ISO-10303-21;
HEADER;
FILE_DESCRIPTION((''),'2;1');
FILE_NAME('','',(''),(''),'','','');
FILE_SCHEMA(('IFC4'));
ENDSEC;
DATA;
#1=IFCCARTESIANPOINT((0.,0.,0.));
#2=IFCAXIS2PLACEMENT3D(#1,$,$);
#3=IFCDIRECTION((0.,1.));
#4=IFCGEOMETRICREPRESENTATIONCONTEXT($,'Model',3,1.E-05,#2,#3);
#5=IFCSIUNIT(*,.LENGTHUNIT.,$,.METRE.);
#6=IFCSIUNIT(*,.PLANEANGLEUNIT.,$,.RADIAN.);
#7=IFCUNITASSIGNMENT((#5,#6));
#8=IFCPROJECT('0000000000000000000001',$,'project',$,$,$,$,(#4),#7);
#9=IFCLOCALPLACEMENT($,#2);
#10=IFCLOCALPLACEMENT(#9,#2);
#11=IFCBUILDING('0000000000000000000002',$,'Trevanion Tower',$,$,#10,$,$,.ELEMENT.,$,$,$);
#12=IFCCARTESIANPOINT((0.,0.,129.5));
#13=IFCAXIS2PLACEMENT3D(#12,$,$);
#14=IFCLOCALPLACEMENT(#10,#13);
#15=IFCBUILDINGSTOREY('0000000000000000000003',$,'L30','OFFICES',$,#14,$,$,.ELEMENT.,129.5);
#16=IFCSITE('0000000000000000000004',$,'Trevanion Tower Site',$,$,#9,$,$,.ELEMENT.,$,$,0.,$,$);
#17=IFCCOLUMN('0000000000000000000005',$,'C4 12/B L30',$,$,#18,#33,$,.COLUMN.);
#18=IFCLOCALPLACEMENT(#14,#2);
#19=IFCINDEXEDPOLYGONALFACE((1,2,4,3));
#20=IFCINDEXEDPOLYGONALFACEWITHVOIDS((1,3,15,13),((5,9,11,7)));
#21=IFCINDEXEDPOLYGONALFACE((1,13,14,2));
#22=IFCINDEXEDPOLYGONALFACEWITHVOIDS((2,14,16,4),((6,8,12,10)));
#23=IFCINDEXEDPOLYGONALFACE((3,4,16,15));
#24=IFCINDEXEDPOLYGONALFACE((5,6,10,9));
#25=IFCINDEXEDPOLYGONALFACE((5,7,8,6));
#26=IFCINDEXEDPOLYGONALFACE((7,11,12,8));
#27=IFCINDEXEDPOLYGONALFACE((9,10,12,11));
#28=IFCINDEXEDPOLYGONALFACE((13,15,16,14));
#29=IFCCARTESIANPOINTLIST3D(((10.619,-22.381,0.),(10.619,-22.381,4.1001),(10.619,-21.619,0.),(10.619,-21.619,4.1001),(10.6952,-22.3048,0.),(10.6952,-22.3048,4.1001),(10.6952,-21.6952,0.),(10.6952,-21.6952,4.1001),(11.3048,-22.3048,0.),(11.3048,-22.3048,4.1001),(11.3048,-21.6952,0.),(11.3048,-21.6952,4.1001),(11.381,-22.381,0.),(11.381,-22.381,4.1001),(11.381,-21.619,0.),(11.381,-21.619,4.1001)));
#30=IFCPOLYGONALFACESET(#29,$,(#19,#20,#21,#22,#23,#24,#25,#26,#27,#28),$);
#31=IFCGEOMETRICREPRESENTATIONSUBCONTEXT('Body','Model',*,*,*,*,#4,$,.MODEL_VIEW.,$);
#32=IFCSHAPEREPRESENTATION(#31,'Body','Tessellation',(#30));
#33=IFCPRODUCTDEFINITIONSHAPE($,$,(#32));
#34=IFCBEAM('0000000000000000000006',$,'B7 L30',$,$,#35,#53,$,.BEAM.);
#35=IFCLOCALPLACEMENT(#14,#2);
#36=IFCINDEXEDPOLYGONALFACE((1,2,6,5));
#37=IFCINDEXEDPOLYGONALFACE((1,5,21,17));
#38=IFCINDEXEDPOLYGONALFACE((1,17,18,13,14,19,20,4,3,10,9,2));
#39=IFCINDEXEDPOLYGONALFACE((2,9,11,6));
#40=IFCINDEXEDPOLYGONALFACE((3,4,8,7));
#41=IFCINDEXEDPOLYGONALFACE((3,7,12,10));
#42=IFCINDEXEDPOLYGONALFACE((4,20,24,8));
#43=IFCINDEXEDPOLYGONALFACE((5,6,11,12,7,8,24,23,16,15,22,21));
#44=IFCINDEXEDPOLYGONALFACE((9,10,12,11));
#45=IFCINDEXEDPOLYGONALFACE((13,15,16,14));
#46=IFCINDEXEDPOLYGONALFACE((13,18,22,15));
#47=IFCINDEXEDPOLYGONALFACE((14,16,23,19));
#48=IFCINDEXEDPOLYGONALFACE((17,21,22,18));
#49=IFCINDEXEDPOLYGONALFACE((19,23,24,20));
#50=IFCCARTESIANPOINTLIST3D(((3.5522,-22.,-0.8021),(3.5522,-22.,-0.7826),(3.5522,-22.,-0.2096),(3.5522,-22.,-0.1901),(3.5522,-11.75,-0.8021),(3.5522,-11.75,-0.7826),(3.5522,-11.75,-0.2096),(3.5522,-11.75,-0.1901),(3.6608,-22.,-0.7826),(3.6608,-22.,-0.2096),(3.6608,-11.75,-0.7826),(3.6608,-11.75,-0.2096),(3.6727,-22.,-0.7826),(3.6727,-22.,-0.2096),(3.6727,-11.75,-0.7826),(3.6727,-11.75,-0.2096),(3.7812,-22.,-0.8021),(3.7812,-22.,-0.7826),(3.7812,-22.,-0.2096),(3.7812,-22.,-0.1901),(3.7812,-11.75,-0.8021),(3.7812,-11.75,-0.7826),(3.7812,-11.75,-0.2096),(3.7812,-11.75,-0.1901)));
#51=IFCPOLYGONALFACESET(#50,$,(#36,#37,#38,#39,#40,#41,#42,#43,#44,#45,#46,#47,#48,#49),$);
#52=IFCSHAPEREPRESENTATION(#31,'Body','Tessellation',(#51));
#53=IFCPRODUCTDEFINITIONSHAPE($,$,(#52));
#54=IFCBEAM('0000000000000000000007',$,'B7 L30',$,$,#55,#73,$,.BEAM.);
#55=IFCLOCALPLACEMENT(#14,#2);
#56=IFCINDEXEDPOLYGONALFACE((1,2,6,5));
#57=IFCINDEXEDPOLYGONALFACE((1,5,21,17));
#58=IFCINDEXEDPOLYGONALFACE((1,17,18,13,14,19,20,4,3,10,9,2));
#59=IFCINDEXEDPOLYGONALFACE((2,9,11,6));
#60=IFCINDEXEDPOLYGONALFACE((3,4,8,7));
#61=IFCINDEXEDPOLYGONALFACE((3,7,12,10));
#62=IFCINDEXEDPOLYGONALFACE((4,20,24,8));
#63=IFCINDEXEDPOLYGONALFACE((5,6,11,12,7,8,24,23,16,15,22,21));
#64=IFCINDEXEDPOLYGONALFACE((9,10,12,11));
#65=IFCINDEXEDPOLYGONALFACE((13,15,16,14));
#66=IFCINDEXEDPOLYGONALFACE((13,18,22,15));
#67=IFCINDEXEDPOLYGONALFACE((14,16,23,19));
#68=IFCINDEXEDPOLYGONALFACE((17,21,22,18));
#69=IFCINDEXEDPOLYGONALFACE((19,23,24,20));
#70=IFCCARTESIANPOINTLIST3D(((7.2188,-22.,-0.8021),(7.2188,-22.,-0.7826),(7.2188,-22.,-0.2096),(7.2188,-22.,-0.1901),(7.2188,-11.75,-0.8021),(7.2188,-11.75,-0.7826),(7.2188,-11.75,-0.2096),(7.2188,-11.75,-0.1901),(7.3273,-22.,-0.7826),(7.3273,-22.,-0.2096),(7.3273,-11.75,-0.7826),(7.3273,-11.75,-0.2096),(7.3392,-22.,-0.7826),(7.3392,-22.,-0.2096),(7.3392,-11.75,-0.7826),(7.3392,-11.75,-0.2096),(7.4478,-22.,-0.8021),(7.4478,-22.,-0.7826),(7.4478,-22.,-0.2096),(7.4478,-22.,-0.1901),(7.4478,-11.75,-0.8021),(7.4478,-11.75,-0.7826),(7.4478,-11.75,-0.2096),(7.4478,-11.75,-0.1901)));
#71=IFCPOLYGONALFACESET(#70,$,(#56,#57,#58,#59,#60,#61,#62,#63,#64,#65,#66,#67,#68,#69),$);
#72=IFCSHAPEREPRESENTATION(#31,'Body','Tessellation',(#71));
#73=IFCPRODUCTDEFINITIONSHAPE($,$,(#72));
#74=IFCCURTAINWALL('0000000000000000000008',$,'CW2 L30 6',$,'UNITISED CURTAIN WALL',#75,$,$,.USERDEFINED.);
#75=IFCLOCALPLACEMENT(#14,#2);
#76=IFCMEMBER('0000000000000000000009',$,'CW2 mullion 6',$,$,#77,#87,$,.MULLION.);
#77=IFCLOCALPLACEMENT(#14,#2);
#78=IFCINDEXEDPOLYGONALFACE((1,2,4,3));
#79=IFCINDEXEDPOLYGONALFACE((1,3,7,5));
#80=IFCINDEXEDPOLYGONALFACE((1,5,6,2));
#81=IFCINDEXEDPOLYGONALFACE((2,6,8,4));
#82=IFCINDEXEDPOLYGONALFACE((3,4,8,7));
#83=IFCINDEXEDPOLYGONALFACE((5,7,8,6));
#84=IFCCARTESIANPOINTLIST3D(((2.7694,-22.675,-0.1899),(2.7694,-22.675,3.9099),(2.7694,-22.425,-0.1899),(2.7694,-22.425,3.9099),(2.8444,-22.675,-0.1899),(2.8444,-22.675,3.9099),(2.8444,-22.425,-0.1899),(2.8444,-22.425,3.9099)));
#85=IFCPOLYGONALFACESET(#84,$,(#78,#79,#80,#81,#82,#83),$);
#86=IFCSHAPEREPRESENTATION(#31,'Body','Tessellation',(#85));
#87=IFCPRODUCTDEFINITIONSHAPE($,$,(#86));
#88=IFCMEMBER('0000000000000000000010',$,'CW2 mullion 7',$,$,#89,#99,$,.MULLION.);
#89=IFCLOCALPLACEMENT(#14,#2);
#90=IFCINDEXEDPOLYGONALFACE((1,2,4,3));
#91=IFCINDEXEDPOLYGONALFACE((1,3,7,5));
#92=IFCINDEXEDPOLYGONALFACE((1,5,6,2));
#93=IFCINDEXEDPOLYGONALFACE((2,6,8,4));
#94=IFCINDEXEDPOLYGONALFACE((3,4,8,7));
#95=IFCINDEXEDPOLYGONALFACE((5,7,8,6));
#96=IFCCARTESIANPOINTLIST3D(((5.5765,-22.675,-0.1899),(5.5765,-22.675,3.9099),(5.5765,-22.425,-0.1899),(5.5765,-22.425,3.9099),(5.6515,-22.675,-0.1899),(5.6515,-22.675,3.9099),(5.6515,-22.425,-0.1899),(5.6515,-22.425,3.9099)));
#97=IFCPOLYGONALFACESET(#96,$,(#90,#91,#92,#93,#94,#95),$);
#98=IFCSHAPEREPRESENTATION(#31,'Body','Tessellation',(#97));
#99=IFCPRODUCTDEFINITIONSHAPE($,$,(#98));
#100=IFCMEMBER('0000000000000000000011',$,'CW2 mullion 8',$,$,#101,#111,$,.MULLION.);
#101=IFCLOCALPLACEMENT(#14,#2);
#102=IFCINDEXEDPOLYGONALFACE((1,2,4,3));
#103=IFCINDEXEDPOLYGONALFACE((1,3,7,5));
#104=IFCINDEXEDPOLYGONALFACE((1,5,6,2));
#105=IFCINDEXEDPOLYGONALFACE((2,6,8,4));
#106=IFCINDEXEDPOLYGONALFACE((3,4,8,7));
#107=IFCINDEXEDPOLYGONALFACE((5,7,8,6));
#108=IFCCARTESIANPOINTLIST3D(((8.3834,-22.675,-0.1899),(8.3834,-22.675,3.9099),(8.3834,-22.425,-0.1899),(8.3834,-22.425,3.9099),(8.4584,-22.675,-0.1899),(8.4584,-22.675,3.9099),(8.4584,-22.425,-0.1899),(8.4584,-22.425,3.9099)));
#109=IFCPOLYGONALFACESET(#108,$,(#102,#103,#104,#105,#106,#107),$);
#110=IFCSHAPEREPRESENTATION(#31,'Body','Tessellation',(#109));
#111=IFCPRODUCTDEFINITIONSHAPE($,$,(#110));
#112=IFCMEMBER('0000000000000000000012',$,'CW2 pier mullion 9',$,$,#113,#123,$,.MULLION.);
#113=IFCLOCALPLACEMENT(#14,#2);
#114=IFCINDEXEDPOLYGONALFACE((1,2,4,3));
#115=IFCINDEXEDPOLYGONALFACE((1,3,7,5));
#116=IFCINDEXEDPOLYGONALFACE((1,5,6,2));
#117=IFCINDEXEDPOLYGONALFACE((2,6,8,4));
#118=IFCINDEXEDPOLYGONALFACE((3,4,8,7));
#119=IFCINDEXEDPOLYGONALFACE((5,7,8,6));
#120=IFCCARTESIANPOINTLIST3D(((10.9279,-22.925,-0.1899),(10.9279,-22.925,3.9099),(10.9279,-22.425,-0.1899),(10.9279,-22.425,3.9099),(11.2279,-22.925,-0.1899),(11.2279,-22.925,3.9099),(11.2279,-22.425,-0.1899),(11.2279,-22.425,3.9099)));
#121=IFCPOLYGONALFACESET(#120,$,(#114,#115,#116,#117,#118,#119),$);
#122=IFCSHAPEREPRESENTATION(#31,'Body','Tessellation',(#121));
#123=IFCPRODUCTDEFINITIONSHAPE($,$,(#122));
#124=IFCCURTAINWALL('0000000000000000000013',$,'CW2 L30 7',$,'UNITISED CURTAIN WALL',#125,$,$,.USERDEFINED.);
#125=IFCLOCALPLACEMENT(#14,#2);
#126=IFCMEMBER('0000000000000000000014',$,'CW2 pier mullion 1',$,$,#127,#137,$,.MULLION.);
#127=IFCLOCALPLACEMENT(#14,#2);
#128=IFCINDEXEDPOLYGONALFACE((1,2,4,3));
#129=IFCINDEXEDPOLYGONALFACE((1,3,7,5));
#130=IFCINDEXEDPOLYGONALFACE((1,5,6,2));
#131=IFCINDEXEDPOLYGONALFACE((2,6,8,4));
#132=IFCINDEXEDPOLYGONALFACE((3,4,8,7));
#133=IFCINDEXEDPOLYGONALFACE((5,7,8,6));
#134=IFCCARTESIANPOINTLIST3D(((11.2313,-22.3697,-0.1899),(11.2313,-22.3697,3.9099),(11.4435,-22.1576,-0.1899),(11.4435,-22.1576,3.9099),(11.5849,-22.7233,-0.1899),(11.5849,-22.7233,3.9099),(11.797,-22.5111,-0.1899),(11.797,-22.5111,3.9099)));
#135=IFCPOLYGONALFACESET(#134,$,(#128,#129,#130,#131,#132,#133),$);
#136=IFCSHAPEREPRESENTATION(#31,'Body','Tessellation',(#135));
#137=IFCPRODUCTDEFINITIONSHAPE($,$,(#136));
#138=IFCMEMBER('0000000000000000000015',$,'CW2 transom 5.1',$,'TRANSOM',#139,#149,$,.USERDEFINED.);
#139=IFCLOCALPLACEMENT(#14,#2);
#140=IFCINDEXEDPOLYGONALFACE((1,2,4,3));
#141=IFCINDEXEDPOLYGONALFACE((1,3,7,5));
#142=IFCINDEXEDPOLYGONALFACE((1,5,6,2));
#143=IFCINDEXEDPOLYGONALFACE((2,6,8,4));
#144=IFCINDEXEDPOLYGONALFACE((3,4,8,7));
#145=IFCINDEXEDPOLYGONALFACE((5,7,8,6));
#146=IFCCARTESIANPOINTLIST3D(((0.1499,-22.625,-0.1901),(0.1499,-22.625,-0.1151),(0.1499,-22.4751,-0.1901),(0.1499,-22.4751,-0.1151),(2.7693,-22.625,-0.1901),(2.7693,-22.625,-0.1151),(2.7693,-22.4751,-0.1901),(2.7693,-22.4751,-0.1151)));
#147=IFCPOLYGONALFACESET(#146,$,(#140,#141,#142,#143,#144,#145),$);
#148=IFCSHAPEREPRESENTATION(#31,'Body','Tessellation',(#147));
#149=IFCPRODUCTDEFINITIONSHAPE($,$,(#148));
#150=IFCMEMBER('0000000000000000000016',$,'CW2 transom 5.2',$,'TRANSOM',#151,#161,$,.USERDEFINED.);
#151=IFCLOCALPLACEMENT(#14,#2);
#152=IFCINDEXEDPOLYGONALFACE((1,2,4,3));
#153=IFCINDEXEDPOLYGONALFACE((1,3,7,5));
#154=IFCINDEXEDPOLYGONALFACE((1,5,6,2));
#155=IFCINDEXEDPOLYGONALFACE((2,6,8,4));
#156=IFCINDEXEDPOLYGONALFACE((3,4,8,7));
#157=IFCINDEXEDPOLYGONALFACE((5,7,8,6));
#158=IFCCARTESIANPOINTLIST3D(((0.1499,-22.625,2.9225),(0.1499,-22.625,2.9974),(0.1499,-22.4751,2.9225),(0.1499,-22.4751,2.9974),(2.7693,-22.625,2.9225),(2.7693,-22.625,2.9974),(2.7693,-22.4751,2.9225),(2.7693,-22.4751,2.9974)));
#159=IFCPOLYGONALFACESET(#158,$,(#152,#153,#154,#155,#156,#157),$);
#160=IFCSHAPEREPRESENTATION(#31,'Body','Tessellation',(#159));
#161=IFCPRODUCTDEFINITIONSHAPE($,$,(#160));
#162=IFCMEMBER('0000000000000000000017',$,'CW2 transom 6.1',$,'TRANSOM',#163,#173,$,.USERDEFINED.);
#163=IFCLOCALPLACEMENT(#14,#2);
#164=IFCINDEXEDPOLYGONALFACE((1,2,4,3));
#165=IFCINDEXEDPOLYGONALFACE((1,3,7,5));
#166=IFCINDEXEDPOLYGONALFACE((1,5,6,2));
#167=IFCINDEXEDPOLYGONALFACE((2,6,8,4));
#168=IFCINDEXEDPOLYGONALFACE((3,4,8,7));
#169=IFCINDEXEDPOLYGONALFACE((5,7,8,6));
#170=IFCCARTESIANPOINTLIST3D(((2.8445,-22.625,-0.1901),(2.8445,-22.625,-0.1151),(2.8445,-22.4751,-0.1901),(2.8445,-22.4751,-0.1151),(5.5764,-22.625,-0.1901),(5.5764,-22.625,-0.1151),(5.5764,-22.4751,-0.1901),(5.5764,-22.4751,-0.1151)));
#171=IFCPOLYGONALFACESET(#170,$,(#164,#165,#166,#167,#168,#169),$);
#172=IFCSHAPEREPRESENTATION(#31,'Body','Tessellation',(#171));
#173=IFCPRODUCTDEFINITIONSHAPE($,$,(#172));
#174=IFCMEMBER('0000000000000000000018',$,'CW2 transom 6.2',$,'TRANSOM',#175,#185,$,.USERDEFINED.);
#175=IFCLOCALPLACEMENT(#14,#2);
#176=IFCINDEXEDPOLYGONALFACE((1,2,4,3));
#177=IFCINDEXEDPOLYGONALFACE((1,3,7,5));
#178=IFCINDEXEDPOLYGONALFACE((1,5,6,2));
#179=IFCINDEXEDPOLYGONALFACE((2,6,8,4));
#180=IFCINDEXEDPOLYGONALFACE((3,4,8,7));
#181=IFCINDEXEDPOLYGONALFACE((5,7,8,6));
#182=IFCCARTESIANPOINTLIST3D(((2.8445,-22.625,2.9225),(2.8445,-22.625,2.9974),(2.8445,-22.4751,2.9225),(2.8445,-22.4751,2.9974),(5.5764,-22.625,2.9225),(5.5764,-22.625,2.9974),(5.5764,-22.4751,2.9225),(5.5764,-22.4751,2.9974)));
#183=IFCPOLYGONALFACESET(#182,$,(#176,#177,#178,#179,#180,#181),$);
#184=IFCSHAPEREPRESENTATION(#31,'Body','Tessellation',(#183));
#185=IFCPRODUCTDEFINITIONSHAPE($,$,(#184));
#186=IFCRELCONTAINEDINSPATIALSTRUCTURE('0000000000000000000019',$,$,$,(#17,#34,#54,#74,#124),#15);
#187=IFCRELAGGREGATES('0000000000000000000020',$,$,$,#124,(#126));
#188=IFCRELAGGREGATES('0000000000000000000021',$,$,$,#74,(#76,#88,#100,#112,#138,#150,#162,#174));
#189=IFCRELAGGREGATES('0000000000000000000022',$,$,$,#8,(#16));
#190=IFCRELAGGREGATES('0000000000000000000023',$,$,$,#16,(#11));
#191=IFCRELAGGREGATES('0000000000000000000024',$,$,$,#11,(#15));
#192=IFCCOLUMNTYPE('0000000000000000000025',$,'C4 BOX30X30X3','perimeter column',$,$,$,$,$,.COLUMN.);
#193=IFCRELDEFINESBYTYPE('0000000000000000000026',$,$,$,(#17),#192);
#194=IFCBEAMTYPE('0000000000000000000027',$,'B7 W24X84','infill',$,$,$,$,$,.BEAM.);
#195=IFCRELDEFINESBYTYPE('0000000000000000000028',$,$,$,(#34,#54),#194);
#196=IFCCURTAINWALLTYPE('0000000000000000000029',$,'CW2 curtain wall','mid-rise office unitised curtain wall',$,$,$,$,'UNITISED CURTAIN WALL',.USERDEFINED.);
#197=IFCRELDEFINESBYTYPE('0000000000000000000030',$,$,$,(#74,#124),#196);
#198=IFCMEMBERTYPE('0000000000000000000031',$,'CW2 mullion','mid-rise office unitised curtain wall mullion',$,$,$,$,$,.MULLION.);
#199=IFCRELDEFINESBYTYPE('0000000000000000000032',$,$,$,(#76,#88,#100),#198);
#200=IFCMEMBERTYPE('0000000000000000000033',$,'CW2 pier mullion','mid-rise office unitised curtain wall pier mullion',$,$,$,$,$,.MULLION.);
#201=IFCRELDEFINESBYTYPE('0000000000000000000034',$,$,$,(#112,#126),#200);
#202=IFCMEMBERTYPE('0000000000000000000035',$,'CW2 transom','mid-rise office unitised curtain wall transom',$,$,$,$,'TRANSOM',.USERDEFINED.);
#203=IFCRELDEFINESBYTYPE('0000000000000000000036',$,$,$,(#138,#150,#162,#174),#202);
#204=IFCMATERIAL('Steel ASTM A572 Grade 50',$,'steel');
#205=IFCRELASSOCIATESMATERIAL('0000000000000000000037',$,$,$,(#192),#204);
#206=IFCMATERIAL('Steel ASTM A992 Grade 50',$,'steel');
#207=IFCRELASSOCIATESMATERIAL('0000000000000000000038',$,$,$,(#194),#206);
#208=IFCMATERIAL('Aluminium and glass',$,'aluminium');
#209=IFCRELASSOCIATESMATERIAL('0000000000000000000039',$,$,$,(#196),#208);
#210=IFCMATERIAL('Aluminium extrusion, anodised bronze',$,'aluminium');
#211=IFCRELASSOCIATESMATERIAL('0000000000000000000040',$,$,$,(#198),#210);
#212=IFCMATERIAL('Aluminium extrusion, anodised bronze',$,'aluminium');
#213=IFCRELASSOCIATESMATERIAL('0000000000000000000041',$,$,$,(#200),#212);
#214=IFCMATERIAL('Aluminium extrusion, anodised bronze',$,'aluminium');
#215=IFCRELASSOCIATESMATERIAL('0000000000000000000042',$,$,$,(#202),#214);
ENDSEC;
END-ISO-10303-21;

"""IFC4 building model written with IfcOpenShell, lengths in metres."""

from ifc_helpers import new_model, si_unit, direction, frame, origin, origin_2d, place, context, subcontext, project, spatial, rectangle, hollow_rectangle, i_section, extrude, material, material_profile, profile_set, type_object, element, aggregate, save


model = new_model("IFC4")

# Units and contexts
model_context = context("Model", 3, precision=1e-05, world=origin(), true_north=direction((0.0, 1.0)))
body_context = subcontext(model_context, "Body", "Model", "MODEL_VIEW")
ifc_project = project(units=[si_unit("LENGTHUNIT", "METRE"), si_unit("PLANEANGLEUNIT", "RADIAN")], contexts=[model_context])

# Site, building, storey
site_placement = place(None, origin())
site = spatial("IfcSite", under=ifc_project, at=site_placement, Name="Trevanion Tower Site", CompositionType="ELEMENT", RefElevation=0.0)
building_placement = place(site_placement, origin())
building = spatial("IfcBuilding", under=site, at=building_placement, Name="Trevanion Tower", CompositionType="ELEMENT")
storey_placement = place(building_placement, frame((0.0, 0.0, 129.5)))
storey = spatial("IfcBuildingStorey", under=building, at=storey_placement, Name="L30", Description="OFFICES", CompositionType="ELEMENT", Elevation=129.5)

# Column
ifc_material_1 = material(Name="Steel ASTM A572 Grade 50", Category="steel")
ifc_material_profile_1 = material_profile(ifc_material_1, hollow_rectangle(XDim=0.762, YDim=0.762, WallThickness=0.0762, at=origin_2d()), Name="BOX30X30X3")
ifc_profile_set_1 = profile_set([ifc_material_profile_1], Name="Steel ASTM A572 Grade 50")
column_type = type_object("IfcColumnType", Name="C4 BOX30X30X3", Description="perimeter column", PredefinedType="COLUMN", material=ifc_profile_set_1)
column_placement = place(storey_placement, frame((11.0, -22.0, 0.0), z_axis=(0.0, 0.0, 1.0), x_axis=(1.0, 0.0, 0.0)))
element("IfcColumn", 1, at=column_placement, inside=storey, type_object=column_type, Name="C4 12/B L30", PredefinedType="COLUMN", context=body_context, shape_type="SweptSolid", body=[
    extrude(hollow_rectangle(XDim=0.762, YDim=0.762, WallThickness=0.0762, at=origin_2d()), origin(), (0.0, 0.0, 1.0), 4.1001),
])

# Beams
ifc_material_2 = material(Name="Steel ASTM A992 Grade 50", Category="steel")
ifc_material_profile_2 = material_profile(ifc_material_2, i_section(OverallWidth=0.229, OverallDepth=0.6121, WebThickness=0.012, FlangeThickness=0.0195, at=origin_2d()), Name="W24X84")
ifc_profile_set_2 = profile_set([ifc_material_profile_2], Name="Steel ASTM A992 Grade 50")
beam_type_1 = type_object("IfcBeamType", Name="B7 W24X84", Description="infill", PredefinedType="BEAM", material=ifc_profile_set_2)
for number, where, z_axis, x_axis, name in (
    (2, (3.6667, -11.75, -0.4961), (0.0, -1.0, 0.0), (1.0, 0.0, 0.0), "B7 L30"),
    (3, (7.3333, -11.75, -0.4961), (0.0, -1.0, 0.0), (1.0, 0.0, 0.0), "B7 L30"),
):
    element("IfcBeam", number, at=place(storey_placement, frame(where, z_axis=z_axis, x_axis=x_axis)), inside=storey, type_object=beam_type_1, Name=name, PredefinedType="BEAM", context=body_context, shape_type="SweptSolid", body=[
        extrude(i_section(OverallWidth=0.229, OverallDepth=0.6121, WebThickness=0.012, FlangeThickness=0.0195, at=origin_2d()), origin(), (0.0, 0.0, 1.0), 10.25),
    ])

# Curtain wall, members
ifc_material_3 = material(Name="Aluminium and glass", Category="aluminium")
curtain_wall_type = type_object("IfcCurtainWallType", Name="CW2 curtain wall", Description="mid-rise office unitised curtain wall", ElementType="UNITISED CURTAIN WALL", PredefinedType="USERDEFINED", material=ifc_material_3)
curtain_wall_1_placement = place(storey_placement, origin())
curtain_wall_1 = element("IfcCurtainWall", 4, at=curtain_wall_1_placement, inside=storey, type_object=curtain_wall_type, Name="CW2 L30 6", ObjectType="UNITISED CURTAIN WALL", PredefinedType="USERDEFINED")
ifc_material_4 = material(Name="Aluminium extrusion, anodised bronze", Category="aluminium")
ifc_material_profile_3 = material_profile(ifc_material_4, rectangle(XDim=0.075, YDim=0.25, at=origin_2d()), Name="CW2 mullion")
ifc_profile_set_3 = profile_set([ifc_material_profile_3], Name="Aluminium extrusion, anodised bronze")
member_type_1 = type_object("IfcMemberType", Name="CW2 mullion", Description="mid-rise office unitised curtain wall mullion", PredefinedType="MULLION", material=ifc_profile_set_3)
member_1_placement = place(storey_placement, frame((2.8069, -22.55, -0.1899), z_axis=(0.0, 0.0, 1.0), x_axis=(1.0, 0.0, 0.0)))
member_1 = element("IfcMember", 5, at=member_1_placement, type_object=member_type_1, Name="CW2 mullion 6", PredefinedType="MULLION", context=body_context, shape_type="SweptSolid", body=[
    extrude(rectangle(XDim=0.075, YDim=0.25, at=origin_2d()), origin(), (0.0, 0.0, 1.0), 4.0999),
])
member_2_placement = place(storey_placement, frame((5.614, -22.55, -0.1899), z_axis=(0.0, 0.0, 1.0), x_axis=(1.0, 0.0, 0.0)))
member_2 = element("IfcMember", 6, at=member_2_placement, type_object=member_type_1, Name="CW2 mullion 7", PredefinedType="MULLION", context=body_context, shape_type="SweptSolid", body=[
    extrude(rectangle(XDim=0.075, YDim=0.25, at=origin_2d()), origin(), (0.0, 0.0, 1.0), 4.0999),
])
member_3_placement = place(storey_placement, frame((8.4209, -22.55, -0.1899), z_axis=(0.0, 0.0, 1.0), x_axis=(1.0, 0.0, 0.0)))
member_3 = element("IfcMember", 7, at=member_3_placement, type_object=member_type_1, Name="CW2 mullion 8", PredefinedType="MULLION", context=body_context, shape_type="SweptSolid", body=[
    extrude(rectangle(XDim=0.075, YDim=0.25, at=origin_2d()), origin(), (0.0, 0.0, 1.0), 4.0999),
])
ifc_material_5 = material(Name="Aluminium extrusion, anodised bronze", Category="aluminium")
ifc_material_profile_4 = material_profile(ifc_material_5, rectangle(XDim=0.3, YDim=0.5, at=origin_2d()), Name="CW2 pier mullion")
ifc_profile_set_4 = profile_set([ifc_material_profile_4], Name="Aluminium extrusion, anodised bronze")
member_type_2 = type_object("IfcMemberType", Name="CW2 pier mullion", Description="mid-rise office unitised curtain wall pier mullion", PredefinedType="MULLION", material=ifc_profile_set_4)
member_4_placement = place(storey_placement, frame((11.0779, -22.675, -0.1899), z_axis=(0.0, 0.0, 1.0), x_axis=(1.0, 0.0, 0.0)))
member_4 = element("IfcMember", 8, at=member_4_placement, type_object=member_type_2, Name="CW2 pier mullion 9", PredefinedType="MULLION", context=body_context, shape_type="SweptSolid", body=[
    extrude(rectangle(XDim=0.3, YDim=0.5, at=origin_2d()), origin(), (0.0, 0.0, 1.0), 4.0999),
])

# Curtain wall, member
curtain_wall_2_placement = place(storey_placement, origin())
curtain_wall_2 = element("IfcCurtainWall", 9, at=curtain_wall_2_placement, inside=storey, type_object=curtain_wall_type, Name="CW2 L30 7", ObjectType="UNITISED CURTAIN WALL", PredefinedType="USERDEFINED")
member_5_placement = place(storey_placement, frame((11.5142, -22.4404, -0.1899), z_axis=(0.0, 0.0, 1.0), x_axis=(0.707107, 0.707107, 0.0)))
member_5 = element("IfcMember", 10, at=member_5_placement, type_object=member_type_2, Name="CW2 pier mullion 1", PredefinedType="MULLION", context=body_context, shape_type="SweptSolid", body=[
    extrude(rectangle(XDim=0.3, YDim=0.5, at=origin_2d()), origin(), (0.0, 0.0, 1.0), 4.0999),
])

# Members
ifc_material_6 = material(Name="Aluminium extrusion, anodised bronze", Category="aluminium")
ifc_material_profile_5 = material_profile(ifc_material_6, rectangle(XDim=0.1499, YDim=0.075, at=origin_2d()), Name="CW2 transom")
ifc_profile_set_5 = profile_set([ifc_material_profile_5], Name="Aluminium extrusion, anodised bronze")
member_type_3 = type_object("IfcMemberType", Name="CW2 transom", Description="mid-rise office unitised curtain wall transom", ElementType="TRANSOM", PredefinedType="USERDEFINED", material=ifc_profile_set_5)
member_6_placement = place(storey_placement, frame((0.1499, -22.55, -0.1526), z_axis=(1.0, 0.0, 0.0), x_axis=(0.0, 1.0, 0.0)))
member_6 = element("IfcMember", 11, at=member_6_placement, type_object=member_type_3, Name="CW2 transom 5.1", ObjectType="TRANSOM", PredefinedType="USERDEFINED", context=body_context, shape_type="SweptSolid", body=[
    extrude(rectangle(XDim=0.1499, YDim=0.075, at=origin_2d()), origin(), (0.0, 0.0, 1.0), 2.6194),
])
member_7_placement = place(storey_placement, frame((0.1499, -22.55, 2.96), z_axis=(1.0, 0.0, 0.0), x_axis=(0.0, 1.0, 0.0)))
member_7 = element("IfcMember", 12, at=member_7_placement, type_object=member_type_3, Name="CW2 transom 5.2", ObjectType="TRANSOM", PredefinedType="USERDEFINED", context=body_context, shape_type="SweptSolid", body=[
    extrude(rectangle(XDim=0.1499, YDim=0.075, at=origin_2d()), origin(), (0.0, 0.0, 1.0), 2.6194),
])
member_8_placement = place(storey_placement, frame((2.8445, -22.55, -0.1526), z_axis=(1.0, 0.0, 0.0), x_axis=(0.0, 1.0, 0.0)))
member_8 = element("IfcMember", 13, at=member_8_placement, type_object=member_type_3, Name="CW2 transom 6.1", ObjectType="TRANSOM", PredefinedType="USERDEFINED", context=body_context, shape_type="SweptSolid", body=[
    extrude(rectangle(XDim=0.1499, YDim=0.075, at=origin_2d()), origin(), (0.0, 0.0, 1.0), 2.7319),
])
member_9_placement = place(storey_placement, frame((2.8445, -22.55, 2.96), z_axis=(1.0, 0.0, 0.0), x_axis=(0.0, 1.0, 0.0)))
member_9 = element("IfcMember", 14, at=member_9_placement, type_object=member_type_3, Name="CW2 transom 6.2", ObjectType="TRANSOM", PredefinedType="USERDEFINED", context=body_context, shape_type="SweptSolid", body=[
    extrude(rectangle(XDim=0.1499, YDim=0.075, at=origin_2d()), origin(), (0.0, 0.0, 1.0), 2.7319),
])
aggregate(curtain_wall_2, [member_5])

aggregate(curtain_wall_1, [member_1, member_2, member_3, member_4, member_6, member_7, member_8, member_9])

save(model, "model.ifc")
